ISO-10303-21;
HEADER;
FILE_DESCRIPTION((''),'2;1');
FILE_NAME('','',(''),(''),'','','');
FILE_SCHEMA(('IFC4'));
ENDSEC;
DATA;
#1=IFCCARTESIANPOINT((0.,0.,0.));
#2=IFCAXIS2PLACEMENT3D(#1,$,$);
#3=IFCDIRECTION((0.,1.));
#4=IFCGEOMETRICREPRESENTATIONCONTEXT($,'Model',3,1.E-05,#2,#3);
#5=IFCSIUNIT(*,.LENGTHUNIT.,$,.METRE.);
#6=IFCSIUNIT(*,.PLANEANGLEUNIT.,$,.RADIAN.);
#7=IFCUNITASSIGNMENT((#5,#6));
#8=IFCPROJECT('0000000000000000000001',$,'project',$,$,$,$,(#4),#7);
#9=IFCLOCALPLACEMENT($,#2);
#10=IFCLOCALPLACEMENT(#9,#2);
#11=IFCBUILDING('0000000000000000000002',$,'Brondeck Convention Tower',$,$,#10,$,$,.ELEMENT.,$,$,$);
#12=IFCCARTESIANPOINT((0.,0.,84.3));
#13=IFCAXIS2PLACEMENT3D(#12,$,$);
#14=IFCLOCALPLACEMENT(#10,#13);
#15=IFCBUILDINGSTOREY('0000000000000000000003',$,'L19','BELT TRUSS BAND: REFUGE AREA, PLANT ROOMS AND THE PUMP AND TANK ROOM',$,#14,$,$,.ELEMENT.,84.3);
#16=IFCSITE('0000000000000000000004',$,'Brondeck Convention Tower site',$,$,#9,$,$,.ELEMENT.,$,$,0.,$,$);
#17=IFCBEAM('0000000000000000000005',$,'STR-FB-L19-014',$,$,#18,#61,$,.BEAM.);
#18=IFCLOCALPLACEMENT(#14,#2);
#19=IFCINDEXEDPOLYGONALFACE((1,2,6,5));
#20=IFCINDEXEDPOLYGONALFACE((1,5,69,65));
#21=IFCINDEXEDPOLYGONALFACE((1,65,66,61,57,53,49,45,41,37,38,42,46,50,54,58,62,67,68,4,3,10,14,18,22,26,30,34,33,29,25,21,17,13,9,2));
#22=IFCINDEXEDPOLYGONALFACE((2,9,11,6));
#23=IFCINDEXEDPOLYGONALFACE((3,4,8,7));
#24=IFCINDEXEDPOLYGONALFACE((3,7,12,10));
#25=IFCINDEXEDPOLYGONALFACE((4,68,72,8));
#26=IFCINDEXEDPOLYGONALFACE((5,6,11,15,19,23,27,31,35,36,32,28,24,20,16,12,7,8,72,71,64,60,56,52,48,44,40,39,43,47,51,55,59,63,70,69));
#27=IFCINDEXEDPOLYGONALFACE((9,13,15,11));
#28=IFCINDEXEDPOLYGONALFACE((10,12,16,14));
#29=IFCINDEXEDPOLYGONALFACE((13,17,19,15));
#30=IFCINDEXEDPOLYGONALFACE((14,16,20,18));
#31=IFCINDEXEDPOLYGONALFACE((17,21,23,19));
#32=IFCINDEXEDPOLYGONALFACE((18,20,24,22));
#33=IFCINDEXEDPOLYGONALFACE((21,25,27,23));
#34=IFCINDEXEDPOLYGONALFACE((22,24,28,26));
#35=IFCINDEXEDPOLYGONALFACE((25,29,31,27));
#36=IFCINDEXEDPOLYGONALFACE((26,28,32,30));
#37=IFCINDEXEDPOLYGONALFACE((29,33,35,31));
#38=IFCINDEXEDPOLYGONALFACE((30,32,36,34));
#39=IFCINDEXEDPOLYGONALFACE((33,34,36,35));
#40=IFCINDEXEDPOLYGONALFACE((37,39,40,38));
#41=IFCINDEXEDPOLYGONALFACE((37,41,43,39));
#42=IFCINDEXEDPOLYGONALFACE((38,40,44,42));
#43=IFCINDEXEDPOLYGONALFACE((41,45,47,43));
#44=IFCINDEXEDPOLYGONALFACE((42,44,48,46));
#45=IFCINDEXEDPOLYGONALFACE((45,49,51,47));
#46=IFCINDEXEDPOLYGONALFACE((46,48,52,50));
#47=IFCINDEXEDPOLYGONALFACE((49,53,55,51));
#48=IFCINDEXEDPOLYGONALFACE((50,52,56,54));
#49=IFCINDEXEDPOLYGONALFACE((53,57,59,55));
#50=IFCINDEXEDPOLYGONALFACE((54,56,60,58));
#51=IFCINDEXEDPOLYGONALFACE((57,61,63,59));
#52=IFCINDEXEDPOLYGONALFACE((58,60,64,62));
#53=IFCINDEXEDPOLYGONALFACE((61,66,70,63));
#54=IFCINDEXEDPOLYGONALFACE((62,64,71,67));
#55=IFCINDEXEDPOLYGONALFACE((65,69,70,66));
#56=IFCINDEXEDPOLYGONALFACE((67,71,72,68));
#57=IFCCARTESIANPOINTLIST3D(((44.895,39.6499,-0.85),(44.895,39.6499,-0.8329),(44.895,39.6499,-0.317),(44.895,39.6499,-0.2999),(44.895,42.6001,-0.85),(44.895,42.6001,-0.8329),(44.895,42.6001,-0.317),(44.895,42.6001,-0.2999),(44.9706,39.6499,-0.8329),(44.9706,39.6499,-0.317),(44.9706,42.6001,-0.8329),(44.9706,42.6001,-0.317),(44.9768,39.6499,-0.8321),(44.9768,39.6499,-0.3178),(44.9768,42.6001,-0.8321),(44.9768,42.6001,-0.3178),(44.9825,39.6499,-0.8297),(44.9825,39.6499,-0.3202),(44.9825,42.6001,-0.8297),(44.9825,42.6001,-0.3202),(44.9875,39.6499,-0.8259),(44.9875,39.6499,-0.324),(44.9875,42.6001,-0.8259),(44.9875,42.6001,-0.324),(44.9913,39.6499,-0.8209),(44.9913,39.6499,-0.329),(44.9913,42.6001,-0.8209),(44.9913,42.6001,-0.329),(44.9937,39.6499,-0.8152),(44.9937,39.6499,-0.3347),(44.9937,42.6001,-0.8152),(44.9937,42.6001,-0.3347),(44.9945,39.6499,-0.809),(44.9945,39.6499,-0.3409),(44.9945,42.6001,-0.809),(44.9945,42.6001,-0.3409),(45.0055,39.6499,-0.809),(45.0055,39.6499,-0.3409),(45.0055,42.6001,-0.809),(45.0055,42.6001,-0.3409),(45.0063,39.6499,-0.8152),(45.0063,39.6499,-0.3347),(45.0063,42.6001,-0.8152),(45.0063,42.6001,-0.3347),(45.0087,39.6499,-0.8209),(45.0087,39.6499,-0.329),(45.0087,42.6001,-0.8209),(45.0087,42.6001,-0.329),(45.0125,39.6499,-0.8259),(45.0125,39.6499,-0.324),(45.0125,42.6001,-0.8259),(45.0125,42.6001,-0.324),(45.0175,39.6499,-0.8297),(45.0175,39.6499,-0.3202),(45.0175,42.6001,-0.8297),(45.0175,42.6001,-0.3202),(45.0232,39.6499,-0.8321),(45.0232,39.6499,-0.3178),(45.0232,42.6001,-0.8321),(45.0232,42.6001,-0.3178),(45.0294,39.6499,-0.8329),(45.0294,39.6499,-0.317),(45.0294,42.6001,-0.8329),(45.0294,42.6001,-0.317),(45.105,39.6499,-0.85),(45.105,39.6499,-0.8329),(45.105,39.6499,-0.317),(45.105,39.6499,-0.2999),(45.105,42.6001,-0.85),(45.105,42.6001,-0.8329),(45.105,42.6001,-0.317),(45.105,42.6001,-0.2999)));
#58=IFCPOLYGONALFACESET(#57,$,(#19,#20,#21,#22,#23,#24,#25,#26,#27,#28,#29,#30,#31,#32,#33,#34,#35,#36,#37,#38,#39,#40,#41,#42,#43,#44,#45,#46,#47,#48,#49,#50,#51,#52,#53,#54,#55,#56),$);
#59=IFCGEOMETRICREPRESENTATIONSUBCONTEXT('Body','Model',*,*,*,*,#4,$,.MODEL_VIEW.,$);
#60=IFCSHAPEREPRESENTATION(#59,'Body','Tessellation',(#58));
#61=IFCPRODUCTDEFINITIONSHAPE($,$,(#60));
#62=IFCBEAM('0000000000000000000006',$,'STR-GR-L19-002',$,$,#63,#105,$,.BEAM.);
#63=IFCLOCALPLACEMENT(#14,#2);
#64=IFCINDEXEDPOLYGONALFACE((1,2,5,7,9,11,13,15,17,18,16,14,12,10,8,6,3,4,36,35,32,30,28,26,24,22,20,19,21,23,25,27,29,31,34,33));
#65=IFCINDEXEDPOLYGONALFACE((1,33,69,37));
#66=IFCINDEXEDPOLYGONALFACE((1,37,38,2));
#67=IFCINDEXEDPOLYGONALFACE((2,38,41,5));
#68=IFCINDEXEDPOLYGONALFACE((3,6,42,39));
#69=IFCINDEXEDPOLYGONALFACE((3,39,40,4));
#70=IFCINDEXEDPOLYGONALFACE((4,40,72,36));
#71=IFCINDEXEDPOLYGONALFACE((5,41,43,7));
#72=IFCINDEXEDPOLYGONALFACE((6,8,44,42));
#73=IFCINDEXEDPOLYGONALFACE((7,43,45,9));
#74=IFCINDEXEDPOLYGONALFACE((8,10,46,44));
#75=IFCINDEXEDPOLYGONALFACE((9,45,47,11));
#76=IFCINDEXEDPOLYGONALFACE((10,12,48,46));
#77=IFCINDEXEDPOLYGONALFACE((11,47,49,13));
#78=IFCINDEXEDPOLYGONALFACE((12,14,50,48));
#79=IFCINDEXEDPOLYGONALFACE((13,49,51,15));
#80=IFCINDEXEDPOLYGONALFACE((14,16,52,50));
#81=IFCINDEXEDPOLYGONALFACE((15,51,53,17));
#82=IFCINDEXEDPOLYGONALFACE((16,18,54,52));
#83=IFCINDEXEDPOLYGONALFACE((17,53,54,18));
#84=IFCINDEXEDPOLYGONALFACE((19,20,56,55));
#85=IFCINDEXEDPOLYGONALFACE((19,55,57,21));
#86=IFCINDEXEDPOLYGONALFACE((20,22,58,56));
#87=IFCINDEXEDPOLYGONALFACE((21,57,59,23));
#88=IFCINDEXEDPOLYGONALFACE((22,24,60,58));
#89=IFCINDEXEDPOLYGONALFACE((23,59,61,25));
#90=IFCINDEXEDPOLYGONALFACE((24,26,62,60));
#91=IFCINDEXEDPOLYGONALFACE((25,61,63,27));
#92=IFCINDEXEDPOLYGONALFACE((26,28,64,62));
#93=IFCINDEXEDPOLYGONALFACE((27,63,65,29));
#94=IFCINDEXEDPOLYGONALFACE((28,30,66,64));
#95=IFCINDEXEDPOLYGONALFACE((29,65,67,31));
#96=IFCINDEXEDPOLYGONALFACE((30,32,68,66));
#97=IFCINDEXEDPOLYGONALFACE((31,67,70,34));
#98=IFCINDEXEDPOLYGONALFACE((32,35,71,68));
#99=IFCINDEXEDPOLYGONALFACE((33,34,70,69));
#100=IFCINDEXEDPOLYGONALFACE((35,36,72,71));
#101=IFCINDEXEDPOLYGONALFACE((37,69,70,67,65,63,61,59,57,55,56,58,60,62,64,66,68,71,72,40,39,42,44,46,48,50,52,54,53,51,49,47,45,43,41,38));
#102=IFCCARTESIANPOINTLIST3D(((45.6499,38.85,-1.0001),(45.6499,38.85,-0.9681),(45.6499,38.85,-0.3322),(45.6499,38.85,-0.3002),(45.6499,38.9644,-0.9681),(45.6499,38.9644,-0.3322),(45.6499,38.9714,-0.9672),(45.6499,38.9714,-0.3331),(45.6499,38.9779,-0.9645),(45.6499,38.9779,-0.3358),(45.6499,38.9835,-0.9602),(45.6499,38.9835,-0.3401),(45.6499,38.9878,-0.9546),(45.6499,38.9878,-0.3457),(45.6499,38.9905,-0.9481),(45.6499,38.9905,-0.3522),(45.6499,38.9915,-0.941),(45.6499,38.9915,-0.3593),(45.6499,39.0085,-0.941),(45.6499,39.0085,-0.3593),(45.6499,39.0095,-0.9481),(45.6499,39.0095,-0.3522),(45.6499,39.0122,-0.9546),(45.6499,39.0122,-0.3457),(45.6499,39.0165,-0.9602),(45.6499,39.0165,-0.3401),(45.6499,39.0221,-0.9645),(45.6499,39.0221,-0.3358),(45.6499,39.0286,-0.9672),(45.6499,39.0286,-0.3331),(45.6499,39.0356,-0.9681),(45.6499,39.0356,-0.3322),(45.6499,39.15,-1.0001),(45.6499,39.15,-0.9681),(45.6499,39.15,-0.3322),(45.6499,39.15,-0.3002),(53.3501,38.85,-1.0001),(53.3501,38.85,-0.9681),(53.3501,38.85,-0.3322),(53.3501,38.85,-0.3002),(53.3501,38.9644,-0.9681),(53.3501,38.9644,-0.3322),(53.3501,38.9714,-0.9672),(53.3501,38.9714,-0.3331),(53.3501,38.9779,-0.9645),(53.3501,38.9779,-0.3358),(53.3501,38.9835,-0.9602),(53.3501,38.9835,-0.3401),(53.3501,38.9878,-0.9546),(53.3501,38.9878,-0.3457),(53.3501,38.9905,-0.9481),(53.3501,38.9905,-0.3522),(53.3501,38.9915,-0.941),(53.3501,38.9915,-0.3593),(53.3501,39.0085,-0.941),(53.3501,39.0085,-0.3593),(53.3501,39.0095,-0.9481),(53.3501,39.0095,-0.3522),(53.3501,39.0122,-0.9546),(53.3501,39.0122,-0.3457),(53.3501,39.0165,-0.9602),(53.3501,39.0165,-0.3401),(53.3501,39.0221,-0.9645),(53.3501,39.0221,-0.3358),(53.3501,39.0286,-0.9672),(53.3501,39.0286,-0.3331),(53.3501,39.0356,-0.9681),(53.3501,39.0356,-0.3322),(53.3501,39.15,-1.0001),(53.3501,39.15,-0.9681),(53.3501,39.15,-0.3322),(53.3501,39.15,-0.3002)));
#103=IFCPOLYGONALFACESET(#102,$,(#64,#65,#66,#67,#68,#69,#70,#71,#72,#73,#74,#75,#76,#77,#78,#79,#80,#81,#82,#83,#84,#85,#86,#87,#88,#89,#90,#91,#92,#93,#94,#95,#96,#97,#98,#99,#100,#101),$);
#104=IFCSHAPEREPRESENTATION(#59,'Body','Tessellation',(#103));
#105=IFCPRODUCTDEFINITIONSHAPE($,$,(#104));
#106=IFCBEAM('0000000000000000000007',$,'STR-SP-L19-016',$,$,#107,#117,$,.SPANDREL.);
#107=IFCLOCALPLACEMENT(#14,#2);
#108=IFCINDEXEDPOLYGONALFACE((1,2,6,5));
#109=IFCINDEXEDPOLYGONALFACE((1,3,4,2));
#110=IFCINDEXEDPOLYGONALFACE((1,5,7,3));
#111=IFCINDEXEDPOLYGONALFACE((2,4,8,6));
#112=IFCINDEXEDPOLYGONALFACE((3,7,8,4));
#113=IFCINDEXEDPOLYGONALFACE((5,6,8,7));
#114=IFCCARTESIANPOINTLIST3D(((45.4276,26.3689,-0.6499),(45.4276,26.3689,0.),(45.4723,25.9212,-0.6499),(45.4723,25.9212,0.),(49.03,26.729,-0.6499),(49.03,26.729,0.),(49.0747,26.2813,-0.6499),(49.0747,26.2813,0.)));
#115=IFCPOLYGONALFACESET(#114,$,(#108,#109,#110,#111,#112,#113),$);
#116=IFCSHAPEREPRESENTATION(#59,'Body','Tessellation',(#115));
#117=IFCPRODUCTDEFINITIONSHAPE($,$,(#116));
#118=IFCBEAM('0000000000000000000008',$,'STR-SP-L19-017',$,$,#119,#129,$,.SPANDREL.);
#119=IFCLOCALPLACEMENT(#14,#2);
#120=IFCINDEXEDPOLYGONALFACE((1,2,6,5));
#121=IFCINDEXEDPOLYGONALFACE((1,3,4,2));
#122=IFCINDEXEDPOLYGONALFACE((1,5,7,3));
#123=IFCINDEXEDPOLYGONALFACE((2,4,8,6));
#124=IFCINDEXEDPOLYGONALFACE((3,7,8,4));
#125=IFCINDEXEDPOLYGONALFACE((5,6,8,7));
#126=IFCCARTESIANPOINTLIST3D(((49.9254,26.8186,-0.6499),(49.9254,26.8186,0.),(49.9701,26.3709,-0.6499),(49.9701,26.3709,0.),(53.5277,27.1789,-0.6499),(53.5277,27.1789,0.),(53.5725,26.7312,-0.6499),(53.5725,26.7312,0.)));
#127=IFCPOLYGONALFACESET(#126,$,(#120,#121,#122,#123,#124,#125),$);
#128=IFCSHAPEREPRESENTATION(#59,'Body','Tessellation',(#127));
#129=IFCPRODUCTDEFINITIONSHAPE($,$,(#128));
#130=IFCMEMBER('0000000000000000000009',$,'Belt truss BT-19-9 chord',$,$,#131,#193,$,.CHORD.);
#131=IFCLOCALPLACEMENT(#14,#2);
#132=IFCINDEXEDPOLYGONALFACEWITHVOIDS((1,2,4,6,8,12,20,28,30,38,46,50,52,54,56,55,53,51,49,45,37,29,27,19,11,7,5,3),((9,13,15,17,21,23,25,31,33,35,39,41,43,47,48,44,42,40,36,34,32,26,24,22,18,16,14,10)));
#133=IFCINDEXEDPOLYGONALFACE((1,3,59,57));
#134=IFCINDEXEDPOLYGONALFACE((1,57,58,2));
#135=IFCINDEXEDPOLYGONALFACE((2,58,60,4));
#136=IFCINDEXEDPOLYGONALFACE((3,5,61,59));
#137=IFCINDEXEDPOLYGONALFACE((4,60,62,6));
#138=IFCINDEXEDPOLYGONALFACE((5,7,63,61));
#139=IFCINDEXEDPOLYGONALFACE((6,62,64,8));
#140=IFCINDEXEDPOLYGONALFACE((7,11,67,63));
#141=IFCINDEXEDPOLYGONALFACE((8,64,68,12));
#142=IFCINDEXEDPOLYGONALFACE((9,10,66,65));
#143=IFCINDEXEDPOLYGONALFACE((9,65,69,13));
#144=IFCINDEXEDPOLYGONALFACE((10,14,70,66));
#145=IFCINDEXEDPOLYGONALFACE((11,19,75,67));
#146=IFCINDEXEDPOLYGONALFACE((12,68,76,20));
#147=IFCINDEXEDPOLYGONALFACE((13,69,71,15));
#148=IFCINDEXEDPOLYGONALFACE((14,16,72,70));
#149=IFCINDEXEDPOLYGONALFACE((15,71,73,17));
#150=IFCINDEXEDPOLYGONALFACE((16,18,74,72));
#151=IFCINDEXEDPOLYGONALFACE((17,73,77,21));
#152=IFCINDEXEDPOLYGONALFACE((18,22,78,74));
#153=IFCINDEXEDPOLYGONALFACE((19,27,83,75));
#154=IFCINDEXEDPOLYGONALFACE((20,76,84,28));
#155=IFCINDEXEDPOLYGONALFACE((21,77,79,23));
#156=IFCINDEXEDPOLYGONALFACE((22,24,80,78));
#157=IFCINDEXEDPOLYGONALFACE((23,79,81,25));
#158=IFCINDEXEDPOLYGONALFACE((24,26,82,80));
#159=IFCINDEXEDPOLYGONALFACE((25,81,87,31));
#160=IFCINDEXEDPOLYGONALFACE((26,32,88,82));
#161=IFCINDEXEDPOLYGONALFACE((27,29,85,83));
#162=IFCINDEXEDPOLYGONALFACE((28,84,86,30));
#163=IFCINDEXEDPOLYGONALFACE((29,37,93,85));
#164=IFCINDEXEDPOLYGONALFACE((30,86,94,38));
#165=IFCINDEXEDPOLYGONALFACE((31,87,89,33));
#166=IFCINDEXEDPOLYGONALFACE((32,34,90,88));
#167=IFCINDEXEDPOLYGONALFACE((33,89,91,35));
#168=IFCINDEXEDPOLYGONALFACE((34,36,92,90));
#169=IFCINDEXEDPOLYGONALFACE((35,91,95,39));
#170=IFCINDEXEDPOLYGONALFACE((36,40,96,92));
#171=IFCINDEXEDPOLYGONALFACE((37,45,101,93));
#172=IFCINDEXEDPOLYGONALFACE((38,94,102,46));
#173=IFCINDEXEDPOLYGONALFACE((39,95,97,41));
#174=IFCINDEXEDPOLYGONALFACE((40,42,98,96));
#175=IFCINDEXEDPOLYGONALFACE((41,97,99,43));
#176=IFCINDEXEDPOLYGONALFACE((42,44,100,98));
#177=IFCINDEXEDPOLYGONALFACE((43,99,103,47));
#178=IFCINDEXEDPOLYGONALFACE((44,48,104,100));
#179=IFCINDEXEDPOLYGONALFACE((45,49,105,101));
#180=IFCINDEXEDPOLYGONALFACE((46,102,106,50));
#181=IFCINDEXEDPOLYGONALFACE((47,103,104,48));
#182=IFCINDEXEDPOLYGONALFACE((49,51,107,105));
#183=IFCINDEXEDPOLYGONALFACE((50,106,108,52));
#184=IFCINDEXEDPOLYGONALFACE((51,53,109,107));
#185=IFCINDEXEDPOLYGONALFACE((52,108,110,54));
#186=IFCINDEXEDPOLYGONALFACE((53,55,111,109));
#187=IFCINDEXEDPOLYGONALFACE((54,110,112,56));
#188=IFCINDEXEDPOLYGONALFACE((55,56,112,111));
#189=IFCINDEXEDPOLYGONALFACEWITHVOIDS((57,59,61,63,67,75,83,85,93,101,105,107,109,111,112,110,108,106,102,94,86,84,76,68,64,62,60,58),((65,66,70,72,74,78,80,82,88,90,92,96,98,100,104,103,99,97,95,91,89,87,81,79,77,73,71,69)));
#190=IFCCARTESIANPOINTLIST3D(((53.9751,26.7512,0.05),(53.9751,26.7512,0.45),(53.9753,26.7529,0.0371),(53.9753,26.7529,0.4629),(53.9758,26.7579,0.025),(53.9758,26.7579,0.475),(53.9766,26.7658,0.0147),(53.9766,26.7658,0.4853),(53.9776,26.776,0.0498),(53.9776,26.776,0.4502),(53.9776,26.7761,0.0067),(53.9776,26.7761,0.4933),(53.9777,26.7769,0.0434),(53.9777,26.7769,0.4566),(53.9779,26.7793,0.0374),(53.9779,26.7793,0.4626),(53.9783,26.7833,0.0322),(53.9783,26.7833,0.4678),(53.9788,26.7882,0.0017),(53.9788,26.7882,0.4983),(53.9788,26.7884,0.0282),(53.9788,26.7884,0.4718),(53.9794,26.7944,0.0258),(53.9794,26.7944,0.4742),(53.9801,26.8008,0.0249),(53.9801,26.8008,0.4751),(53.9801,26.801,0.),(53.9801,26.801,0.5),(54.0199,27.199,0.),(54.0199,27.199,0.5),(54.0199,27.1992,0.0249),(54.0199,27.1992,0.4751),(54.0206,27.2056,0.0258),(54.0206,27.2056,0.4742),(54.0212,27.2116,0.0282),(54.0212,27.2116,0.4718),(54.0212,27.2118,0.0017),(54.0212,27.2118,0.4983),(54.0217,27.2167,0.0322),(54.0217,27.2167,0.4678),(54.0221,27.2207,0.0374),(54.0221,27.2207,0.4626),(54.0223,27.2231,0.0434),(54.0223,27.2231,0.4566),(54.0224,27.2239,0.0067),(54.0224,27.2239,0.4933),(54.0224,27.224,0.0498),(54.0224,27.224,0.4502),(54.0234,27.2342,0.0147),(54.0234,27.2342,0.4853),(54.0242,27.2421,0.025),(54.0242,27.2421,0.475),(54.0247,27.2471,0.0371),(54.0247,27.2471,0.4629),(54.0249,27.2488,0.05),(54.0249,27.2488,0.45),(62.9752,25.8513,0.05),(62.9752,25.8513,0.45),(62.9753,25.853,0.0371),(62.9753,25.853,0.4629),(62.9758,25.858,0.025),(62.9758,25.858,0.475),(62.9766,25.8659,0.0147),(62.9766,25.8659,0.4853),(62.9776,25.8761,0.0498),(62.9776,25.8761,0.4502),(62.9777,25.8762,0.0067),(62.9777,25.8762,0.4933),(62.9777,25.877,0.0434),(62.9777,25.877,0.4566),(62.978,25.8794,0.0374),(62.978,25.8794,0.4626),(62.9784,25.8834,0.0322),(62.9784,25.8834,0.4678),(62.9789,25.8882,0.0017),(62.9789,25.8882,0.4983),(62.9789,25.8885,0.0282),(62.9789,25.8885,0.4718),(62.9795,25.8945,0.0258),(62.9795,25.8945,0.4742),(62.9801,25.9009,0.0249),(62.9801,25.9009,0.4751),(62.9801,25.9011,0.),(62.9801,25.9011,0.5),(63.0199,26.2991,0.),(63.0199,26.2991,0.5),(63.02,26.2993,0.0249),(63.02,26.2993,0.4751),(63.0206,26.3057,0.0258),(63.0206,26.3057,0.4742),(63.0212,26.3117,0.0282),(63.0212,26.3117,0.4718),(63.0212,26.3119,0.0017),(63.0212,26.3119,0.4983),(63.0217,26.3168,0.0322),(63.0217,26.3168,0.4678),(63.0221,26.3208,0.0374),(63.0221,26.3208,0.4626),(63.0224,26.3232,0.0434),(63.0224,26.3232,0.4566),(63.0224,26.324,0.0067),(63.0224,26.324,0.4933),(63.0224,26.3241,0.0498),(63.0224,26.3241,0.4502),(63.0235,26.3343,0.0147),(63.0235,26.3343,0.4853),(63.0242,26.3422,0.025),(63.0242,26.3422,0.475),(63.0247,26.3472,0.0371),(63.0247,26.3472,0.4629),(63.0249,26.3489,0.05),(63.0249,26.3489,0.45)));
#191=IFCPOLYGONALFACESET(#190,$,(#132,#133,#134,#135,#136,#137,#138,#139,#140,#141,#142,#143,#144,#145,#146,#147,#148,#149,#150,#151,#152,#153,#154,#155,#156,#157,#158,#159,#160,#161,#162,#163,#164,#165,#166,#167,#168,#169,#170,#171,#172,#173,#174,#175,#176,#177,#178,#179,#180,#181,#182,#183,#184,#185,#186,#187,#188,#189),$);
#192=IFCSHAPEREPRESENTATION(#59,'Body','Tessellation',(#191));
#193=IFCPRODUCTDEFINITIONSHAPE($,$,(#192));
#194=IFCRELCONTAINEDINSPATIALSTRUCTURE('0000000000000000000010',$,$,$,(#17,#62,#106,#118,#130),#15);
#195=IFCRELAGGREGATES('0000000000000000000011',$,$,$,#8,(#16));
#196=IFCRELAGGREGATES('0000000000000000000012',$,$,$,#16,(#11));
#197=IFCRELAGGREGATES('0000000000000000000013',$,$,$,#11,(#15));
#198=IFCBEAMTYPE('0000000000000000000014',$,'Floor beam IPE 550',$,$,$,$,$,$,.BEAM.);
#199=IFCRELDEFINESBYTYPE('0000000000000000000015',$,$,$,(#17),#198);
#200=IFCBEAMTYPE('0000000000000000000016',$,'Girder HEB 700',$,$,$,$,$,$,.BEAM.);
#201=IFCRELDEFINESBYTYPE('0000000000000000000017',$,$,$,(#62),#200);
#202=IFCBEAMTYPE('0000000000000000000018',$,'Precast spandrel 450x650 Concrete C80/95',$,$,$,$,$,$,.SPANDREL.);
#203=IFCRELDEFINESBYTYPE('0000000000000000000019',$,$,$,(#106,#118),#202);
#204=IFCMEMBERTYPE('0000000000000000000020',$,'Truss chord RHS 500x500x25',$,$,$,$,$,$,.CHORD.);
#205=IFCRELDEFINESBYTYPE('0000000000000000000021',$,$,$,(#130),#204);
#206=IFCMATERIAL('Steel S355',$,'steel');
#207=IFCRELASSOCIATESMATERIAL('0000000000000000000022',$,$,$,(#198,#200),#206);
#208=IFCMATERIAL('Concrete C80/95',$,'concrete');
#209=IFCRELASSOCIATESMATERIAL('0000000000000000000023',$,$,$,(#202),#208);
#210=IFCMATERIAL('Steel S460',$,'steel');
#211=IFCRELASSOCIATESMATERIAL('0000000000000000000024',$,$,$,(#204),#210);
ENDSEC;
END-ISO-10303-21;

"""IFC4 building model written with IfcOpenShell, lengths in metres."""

from ifc_helpers import new_model, si_unit, direction, frame, origin, origin_2d, place, context, subcontext, project, spatial, rectangle, hollow_rectangle, i_section, extrude, material, material_profile, profile_set, type_object, element, save


model = new_model("IFC4")

# Units and contexts
model_context = context("Model", 3, precision=1e-05, world=origin(), true_north=direction((0.0, 1.0)))
body_context = subcontext(model_context, "Body", "Model", "MODEL_VIEW")
ifc_project = project(units=[si_unit("LENGTHUNIT", "METRE"), si_unit("PLANEANGLEUNIT", "RADIAN")], contexts=[model_context])

# Site, building, storey
site_placement = place(None, origin())
site = spatial("IfcSite", under=ifc_project, at=site_placement, Name="Brondeck Convention Tower site", CompositionType="ELEMENT", RefElevation=0.0)
building_placement = place(site_placement, origin())
building = spatial("IfcBuilding", under=site, at=building_placement, Name="Brondeck Convention Tower", CompositionType="ELEMENT")
storey_placement = place(building_placement, frame((0.0, 0.0, 84.3)))
storey = spatial("IfcBuildingStorey", under=building, at=storey_placement, Name="L19", Description="BELT TRUSS BAND: REFUGE AREA, PLANT ROOMS AND THE PUMP AND TANK ROOM", CompositionType="ELEMENT", Elevation=84.3)

# Shared definitions
ifc_material_1 = material(Name="Concrete C80/95", Category="concrete")

# Shared definitions
ifc_material_2 = material(Name="Steel S460", Category="steel")

# Beams
ifc_material_3 = material(Name="Steel S355", Category="steel")
ifc_material_profile_1 = material_profile(ifc_material_3, i_section(OverallWidth=0.21, OverallDepth=0.55, WebThickness=0.011, FlangeThickness=0.0171, FilletRadius=0.0239, at=origin_2d()), Name="IPE 550")
ifc_profile_set_1 = profile_set([ifc_material_profile_1], Name="Steel S355")
beam_type_1 = type_object("IfcBeamType", Name="Floor beam IPE 550", PredefinedType="BEAM", material=ifc_profile_set_1)
beam_1_placement = place(storey_placement, frame((45.0, 39.6499, -0.575), z_axis=(0.0, 1.0, 0.0), x_axis=(-1.0, 0.0, 0.0)))
element("IfcBeam", 1, at=beam_1_placement, inside=storey, type_object=beam_type_1, Name="STR-FB-L19-014", PredefinedType="BEAM", context=body_context, shape_type="SweptSolid", body=[
    extrude(i_section(OverallWidth=0.21, OverallDepth=0.55, WebThickness=0.011, FlangeThickness=0.0171, FilletRadius=0.0239, at=origin_2d()), origin(), (0.0, 0.0, 1.0), 2.9502),
])
ifc_material_profile_2 = material_profile(ifc_material_3, i_section(OverallWidth=0.3, OverallDepth=0.7, WebThickness=0.0171, FlangeThickness=0.032, FilletRadius=0.0271, at=origin_2d()), Name="HEB 700")
ifc_profile_set_2 = profile_set([ifc_material_profile_2], Name="Steel S355")
beam_type_2 = type_object("IfcBeamType", Name="Girder HEB 700", PredefinedType="BEAM", material=ifc_profile_set_2)
beam_2_placement = place(storey_placement, frame((45.6499, 39.0, -0.6501), z_axis=(1.0, 0.0, 0.0), x_axis=(0.0, 1.0, 0.0)))
element("IfcBeam", 2, at=beam_2_placement, inside=storey, type_object=beam_type_2, Name="STR-GR-L19-002", PredefinedType="BEAM", context=body_context, shape_type="SweptSolid", body=[
    extrude(i_section(OverallWidth=0.3, OverallDepth=0.7, WebThickness=0.0171, FlangeThickness=0.032, FilletRadius=0.0271, at=origin_2d()), origin(), (0.0, 0.0, 1.0), 7.7002),
])
ifc_material_profile_3 = material_profile(ifc_material_1, rectangle(XDim=0.45, YDim=0.6499, at=origin_2d()), Name="Precast spandrel 450x650 Concrete C80/95")
ifc_profile_set_3 = profile_set([ifc_material_profile_3], Name="Concrete C80/95")
beam_type_3 = type_object("IfcBeamType", Name="Precast spandrel 450x650 Concrete C80/95", PredefinedType="SPANDREL", material=ifc_profile_set_3)
for number, where, z_axis, x_axis, name in (
    (3, (45.45, 26.145, -0.325), (0.995041, 0.09947, 0.0), (-0.09947, 0.995041, 0.0), "STR-SP-L19-016"),
    (4, (49.9478, 26.5947, -0.325), (0.995034, 0.099537, 0.0), (-0.099537, 0.995034, 0.0), "STR-SP-L19-017"),
):
    element("IfcBeam", number, at=place(storey_placement, frame(where, z_axis=z_axis, x_axis=x_axis)), inside=storey, type_object=beam_type_3, Name=name, PredefinedType="SPANDREL", context=body_context, shape_type="SweptSolid", body=[
        extrude(rectangle(XDim=0.45, YDim=0.6499, at=origin_2d()), origin(), (0.0, 0.0, 1.0), 3.6204),
    ])

# Member
ifc_material_profile_4 = material_profile(ifc_material_2, hollow_rectangle(XDim=0.5, YDim=0.5, WallThickness=0.0249, InnerFilletRadius=0.0249, OuterFilletRadius=0.05, at=origin_2d()), Name="RHS 500x500x25")
ifc_profile_set_4 = profile_set([ifc_material_profile_4], Name="Steel S460")
member_type_1 = type_object("IfcMemberType", Name="Truss chord RHS 500x500x25", PredefinedType="CHORD", material=ifc_profile_set_4)
member_1_placement = place(storey_placement, frame((54.0, 27.0, 0.25), z_axis=(0.995038, -0.099493, 0.0), x_axis=(0.099493, 0.995038, 0.0)))
element("IfcMember", 5, at=member_1_placement, inside=storey, type_object=member_type_1, Name="Belt truss BT-19-9 chord", PredefinedType="CHORD", context=body_context, shape_type="SweptSolid", body=[
    extrude(hollow_rectangle(XDim=0.5, YDim=0.5, WallThickness=0.0249, InnerFilletRadius=0.0249, OuterFilletRadius=0.05, at=origin_2d()), origin(), (0.0, 0.0, 1.0), 9.0449),
])

save(model, "model.ifc")
